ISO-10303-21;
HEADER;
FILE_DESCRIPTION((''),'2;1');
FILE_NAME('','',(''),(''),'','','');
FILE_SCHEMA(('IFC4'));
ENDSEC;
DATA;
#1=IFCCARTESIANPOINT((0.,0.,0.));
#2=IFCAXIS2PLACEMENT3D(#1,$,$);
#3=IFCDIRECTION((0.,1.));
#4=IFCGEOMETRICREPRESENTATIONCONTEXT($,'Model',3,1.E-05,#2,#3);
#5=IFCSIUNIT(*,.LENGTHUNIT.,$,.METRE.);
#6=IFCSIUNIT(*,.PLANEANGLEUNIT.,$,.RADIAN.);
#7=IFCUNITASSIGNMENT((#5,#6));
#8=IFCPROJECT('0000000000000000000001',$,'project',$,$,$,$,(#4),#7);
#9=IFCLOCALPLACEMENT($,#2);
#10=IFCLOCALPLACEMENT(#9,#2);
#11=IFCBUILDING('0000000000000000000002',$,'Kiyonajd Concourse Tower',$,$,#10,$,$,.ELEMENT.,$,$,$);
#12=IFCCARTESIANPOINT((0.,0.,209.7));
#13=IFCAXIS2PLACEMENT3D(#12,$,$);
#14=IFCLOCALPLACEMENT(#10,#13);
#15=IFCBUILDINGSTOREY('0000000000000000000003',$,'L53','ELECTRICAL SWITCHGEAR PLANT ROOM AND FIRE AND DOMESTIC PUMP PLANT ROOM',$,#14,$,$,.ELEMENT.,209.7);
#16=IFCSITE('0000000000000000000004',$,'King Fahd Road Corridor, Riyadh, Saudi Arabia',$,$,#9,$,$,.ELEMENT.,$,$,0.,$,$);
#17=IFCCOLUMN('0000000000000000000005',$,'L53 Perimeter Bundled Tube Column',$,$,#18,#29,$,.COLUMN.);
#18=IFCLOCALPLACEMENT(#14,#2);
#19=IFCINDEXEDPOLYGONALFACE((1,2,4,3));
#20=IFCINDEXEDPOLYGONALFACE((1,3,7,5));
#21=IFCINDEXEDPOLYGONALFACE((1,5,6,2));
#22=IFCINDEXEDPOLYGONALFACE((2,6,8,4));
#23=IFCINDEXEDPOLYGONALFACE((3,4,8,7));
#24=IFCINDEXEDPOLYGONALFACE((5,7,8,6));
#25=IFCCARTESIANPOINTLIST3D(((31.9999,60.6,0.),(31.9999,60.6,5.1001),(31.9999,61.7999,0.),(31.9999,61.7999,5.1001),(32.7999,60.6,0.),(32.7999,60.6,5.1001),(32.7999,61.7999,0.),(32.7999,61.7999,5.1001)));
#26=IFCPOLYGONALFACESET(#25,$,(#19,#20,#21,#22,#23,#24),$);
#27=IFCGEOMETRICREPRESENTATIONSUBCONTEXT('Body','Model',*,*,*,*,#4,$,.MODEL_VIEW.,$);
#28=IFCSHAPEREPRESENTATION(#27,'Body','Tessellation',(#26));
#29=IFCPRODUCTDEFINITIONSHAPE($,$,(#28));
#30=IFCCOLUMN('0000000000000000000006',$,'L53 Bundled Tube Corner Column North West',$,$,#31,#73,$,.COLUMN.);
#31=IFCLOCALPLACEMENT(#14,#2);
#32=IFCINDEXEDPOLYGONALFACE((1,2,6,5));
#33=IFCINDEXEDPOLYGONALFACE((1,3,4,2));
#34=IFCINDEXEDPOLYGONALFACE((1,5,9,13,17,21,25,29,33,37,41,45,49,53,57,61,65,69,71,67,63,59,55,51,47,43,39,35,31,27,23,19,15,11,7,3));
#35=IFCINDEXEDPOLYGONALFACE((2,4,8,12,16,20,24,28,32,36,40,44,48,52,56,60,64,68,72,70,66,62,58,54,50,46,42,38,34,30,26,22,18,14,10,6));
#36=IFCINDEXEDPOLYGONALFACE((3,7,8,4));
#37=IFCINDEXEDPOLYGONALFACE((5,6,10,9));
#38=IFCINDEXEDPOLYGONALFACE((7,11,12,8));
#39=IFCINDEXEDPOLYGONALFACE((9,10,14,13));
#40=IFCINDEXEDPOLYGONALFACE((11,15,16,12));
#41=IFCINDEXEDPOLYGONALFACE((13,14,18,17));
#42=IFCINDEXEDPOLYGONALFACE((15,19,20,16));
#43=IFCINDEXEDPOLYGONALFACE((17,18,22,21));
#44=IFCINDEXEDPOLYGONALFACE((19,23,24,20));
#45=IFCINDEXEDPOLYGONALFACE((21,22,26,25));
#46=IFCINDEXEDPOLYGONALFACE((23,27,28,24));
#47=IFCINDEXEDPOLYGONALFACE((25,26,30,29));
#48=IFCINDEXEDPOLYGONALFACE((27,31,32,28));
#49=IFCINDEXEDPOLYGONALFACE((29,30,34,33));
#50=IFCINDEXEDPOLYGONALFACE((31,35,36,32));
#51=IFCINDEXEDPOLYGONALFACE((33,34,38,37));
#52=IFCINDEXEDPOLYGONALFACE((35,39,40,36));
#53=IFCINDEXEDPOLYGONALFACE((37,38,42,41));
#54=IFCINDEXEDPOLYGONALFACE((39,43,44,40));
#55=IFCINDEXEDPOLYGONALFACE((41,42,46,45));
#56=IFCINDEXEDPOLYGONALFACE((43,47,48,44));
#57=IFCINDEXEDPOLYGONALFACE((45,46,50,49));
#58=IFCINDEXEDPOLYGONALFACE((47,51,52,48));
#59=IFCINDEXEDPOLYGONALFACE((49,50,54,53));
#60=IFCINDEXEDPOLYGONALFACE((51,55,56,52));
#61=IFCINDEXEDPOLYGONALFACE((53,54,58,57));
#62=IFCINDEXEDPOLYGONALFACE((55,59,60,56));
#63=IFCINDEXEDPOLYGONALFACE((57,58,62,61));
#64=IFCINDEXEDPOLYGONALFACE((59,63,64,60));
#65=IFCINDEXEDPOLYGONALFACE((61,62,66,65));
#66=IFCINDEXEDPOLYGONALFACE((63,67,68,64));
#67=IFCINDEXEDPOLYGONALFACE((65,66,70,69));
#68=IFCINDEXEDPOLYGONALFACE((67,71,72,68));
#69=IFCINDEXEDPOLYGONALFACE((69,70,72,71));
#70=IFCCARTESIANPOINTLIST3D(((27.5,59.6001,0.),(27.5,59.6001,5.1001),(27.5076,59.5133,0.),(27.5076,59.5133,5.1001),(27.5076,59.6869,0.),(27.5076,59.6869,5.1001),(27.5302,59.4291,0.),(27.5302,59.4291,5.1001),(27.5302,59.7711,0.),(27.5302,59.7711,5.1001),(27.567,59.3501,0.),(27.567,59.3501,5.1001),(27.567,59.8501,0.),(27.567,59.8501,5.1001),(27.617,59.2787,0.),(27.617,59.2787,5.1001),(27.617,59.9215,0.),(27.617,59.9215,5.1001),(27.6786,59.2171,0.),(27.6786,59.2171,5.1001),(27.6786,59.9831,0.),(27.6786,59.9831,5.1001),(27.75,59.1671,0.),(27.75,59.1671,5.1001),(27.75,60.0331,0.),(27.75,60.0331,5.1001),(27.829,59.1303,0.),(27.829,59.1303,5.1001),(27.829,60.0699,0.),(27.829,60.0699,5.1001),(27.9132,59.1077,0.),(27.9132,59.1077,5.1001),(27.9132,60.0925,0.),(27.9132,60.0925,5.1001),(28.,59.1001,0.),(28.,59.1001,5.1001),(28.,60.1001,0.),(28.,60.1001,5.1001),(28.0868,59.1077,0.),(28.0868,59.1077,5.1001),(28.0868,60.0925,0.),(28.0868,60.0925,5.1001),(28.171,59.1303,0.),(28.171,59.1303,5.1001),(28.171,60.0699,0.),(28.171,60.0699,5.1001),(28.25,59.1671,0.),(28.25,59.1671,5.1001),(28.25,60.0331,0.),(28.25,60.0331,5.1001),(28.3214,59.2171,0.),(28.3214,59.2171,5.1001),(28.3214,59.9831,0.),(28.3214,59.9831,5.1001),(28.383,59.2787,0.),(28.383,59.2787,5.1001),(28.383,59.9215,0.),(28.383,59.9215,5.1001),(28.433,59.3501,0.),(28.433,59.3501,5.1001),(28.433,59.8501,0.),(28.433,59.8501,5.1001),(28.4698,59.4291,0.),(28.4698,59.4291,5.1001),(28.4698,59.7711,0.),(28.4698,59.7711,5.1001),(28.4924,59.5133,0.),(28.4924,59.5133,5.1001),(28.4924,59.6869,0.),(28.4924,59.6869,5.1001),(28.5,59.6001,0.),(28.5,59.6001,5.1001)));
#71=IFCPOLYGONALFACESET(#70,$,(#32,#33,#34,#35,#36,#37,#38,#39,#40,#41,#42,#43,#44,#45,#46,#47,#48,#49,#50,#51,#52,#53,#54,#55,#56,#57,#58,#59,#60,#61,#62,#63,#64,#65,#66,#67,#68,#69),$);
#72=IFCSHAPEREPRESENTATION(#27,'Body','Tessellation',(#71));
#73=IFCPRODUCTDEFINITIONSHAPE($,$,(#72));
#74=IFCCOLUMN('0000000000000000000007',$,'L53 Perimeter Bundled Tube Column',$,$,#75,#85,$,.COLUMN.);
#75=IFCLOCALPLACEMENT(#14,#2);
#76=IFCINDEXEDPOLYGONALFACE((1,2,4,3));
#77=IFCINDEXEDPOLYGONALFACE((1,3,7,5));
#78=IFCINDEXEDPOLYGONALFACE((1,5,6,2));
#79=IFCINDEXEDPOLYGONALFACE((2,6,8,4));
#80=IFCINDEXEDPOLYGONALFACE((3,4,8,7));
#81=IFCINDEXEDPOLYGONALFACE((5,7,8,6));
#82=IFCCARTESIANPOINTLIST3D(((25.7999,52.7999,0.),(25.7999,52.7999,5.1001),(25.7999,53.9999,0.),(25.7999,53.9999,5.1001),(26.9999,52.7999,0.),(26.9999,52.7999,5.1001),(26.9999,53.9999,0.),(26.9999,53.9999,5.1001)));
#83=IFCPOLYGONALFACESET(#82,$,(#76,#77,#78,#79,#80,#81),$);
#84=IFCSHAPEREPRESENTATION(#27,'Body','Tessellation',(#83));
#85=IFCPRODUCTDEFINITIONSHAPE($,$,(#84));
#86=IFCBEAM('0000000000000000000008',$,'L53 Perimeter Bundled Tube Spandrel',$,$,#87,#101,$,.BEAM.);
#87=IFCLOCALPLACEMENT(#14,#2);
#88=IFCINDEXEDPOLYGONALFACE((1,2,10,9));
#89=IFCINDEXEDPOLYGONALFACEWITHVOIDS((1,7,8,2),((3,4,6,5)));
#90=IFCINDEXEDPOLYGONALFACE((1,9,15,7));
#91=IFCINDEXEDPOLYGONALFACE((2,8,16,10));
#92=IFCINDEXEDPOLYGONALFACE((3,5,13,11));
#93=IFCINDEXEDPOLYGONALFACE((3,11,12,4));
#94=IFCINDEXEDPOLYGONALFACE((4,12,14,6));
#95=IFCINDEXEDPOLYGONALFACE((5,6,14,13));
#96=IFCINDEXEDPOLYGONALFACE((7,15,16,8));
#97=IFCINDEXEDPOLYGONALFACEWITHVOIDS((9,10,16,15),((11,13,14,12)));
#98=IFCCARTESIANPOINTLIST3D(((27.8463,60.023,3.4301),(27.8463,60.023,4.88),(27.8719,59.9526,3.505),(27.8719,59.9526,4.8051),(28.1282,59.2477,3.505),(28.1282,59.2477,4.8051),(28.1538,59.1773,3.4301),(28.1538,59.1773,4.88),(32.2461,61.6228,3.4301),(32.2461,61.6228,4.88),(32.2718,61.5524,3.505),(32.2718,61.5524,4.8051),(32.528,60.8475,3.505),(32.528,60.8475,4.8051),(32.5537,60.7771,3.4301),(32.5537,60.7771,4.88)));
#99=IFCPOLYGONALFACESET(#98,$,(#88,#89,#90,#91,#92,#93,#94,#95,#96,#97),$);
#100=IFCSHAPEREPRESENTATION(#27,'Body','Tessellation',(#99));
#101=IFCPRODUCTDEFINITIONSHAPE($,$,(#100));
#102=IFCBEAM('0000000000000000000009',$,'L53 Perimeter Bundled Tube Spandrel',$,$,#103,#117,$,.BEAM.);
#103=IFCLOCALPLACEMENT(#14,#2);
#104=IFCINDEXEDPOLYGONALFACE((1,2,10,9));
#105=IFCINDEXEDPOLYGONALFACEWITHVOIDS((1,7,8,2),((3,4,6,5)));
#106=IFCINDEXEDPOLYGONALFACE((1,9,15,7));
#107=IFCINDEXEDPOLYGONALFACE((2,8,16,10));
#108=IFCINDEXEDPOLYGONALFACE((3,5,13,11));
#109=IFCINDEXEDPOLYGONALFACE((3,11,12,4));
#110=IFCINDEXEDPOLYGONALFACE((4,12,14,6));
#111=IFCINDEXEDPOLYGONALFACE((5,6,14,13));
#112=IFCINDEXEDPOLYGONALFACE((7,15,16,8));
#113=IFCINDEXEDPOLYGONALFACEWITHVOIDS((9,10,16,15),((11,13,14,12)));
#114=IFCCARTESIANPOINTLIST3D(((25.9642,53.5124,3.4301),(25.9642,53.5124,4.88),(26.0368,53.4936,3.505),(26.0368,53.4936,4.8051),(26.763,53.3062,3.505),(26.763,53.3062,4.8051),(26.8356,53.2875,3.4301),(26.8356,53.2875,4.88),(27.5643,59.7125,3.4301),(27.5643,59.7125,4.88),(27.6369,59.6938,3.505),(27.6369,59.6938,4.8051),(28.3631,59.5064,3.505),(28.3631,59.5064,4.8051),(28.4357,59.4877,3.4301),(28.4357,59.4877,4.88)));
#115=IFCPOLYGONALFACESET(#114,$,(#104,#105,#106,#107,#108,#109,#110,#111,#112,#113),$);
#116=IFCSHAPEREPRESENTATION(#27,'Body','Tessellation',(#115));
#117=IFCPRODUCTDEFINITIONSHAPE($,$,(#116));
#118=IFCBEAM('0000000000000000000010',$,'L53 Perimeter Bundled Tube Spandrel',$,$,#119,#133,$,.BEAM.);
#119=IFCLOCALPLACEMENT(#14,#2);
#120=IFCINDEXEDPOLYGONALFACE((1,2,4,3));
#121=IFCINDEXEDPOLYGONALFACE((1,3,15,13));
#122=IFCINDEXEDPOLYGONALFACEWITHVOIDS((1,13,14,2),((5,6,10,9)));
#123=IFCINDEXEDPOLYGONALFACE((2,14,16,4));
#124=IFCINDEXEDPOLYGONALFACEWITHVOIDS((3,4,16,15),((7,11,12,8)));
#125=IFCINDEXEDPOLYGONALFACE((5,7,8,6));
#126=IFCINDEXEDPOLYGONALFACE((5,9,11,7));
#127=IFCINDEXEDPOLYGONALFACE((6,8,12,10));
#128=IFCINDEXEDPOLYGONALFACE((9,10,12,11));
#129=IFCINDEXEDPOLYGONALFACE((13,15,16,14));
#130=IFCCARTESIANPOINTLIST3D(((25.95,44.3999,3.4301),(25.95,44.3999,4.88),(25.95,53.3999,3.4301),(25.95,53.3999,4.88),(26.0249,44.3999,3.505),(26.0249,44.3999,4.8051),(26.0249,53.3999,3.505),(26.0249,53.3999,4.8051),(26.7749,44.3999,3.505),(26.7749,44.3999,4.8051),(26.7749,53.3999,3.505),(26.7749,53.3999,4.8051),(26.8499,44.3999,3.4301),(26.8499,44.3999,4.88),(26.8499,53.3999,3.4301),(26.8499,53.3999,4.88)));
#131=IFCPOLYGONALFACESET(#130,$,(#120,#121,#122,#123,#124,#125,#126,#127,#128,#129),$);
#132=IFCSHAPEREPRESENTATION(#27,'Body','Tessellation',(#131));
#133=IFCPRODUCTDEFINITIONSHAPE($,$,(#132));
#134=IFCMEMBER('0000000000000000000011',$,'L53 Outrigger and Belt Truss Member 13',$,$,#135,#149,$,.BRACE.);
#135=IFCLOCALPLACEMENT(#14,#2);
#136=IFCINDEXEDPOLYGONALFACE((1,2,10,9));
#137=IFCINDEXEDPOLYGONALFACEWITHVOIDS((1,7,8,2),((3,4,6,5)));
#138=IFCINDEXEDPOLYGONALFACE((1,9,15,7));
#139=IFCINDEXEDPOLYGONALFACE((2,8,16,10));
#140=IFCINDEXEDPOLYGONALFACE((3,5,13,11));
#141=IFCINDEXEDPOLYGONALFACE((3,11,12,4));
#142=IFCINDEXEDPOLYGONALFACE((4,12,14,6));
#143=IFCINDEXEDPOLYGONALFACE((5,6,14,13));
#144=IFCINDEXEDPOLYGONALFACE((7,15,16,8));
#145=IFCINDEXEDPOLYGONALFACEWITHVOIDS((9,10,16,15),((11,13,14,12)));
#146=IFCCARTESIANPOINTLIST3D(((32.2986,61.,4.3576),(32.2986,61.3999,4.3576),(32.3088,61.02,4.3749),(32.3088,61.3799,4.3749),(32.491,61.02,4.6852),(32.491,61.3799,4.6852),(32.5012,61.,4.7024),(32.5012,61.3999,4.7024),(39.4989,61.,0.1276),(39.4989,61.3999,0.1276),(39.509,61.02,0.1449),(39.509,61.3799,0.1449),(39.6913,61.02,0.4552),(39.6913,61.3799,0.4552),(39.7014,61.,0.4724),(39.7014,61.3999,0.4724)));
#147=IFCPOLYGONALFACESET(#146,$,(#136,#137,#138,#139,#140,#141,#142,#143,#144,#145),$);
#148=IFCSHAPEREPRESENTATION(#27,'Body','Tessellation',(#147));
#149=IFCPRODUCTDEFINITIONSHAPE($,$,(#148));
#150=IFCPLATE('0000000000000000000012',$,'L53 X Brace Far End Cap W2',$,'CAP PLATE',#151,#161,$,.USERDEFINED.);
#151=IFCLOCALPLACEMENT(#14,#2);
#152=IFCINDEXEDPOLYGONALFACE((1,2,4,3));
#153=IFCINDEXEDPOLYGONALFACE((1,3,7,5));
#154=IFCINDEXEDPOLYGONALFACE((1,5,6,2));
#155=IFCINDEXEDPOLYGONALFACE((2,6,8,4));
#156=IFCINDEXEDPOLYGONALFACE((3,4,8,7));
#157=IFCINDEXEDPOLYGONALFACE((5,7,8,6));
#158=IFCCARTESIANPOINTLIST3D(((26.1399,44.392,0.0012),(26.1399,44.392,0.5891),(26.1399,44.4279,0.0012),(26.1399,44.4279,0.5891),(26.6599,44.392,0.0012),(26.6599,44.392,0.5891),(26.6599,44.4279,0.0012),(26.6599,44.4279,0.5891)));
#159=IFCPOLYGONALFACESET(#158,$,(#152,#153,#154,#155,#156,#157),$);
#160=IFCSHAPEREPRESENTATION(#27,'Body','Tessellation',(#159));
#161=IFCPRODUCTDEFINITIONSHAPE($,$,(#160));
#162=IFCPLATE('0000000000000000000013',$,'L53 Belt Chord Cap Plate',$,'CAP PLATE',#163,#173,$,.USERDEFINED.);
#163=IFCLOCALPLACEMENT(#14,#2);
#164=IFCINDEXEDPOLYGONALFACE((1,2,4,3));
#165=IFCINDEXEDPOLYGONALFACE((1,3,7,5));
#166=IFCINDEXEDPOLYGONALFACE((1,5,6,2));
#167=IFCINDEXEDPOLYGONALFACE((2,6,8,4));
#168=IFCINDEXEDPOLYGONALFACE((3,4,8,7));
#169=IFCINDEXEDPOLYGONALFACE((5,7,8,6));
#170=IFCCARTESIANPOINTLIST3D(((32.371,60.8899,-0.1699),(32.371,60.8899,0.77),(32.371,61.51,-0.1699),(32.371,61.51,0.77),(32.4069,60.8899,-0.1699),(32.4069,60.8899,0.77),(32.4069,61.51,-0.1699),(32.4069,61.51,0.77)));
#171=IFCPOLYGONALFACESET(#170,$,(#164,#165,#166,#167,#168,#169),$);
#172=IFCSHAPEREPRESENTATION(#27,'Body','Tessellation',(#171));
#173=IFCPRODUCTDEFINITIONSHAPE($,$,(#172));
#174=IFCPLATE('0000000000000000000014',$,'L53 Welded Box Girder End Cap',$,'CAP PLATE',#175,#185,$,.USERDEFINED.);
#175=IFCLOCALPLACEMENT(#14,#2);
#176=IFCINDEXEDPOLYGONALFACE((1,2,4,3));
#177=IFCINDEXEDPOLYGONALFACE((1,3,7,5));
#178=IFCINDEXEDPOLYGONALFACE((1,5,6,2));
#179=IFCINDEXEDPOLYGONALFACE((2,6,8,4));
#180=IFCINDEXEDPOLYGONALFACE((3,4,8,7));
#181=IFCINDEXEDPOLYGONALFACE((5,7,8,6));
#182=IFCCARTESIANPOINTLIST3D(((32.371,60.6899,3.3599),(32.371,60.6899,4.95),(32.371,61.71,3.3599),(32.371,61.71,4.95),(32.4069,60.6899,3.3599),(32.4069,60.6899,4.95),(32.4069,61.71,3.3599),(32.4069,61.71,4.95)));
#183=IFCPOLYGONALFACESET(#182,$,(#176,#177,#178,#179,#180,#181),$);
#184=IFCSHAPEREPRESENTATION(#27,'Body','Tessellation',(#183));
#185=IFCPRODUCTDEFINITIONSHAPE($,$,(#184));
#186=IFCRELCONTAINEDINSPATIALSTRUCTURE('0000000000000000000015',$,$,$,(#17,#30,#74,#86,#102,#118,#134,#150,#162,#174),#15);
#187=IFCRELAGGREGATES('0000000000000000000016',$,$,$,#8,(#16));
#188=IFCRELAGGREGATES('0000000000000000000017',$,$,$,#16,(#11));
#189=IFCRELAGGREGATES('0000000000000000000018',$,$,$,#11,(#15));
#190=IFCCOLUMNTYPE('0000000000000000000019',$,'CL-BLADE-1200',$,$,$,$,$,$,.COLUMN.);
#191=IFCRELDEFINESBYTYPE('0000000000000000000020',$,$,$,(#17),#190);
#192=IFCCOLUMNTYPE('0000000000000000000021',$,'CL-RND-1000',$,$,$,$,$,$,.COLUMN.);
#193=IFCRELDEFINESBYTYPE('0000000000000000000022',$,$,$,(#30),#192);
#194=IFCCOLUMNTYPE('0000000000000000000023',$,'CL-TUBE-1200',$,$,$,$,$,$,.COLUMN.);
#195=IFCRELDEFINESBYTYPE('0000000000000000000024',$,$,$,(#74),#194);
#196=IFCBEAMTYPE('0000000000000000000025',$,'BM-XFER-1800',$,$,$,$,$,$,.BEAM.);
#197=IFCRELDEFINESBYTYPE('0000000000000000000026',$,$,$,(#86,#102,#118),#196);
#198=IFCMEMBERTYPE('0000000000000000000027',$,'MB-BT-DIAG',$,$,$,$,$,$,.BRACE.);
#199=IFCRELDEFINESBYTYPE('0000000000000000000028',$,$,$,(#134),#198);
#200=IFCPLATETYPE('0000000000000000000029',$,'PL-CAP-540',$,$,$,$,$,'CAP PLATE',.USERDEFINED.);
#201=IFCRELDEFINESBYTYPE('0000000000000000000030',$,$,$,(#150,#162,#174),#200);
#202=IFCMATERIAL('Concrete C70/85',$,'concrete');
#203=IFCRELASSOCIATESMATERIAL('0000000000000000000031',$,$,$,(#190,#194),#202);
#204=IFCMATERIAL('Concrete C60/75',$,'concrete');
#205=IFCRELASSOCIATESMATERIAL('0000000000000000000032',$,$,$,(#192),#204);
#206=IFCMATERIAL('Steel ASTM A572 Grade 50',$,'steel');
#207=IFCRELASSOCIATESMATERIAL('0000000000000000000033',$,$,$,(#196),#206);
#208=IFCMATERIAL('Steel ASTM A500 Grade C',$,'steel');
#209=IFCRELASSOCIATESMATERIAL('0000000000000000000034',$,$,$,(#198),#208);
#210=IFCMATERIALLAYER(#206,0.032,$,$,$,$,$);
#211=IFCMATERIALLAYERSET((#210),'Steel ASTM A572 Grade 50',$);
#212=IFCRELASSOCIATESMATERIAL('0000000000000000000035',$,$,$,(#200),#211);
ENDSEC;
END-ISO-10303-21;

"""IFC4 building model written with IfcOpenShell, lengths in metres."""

from ifc_helpers import new_model, si_unit, direction, frame, origin, origin_2d, place, context, subcontext, project, spatial, rectangle, hollow_rectangle, circle, extrude, material, layer, layer_set, material_profile, profile_set, type_object, element, save


model = new_model("IFC4")

# Units and contexts
model_context = context("Model", 3, precision=1e-05, world=origin(), true_north=direction((0.0, 1.0)))
body_context = subcontext(model_context, "Body", "Model", "MODEL_VIEW")
ifc_project = project(units=[si_unit("LENGTHUNIT", "METRE"), si_unit("PLANEANGLEUNIT", "RADIAN")], contexts=[model_context])

# Site, building, storey
site_placement = place(None, origin())
site = spatial("IfcSite", under=ifc_project, at=site_placement, Name="King Fahd Road Corridor, Riyadh, Saudi Arabia", CompositionType="ELEMENT", RefElevation=0.0)
building_placement = place(site_placement, origin())
building = spatial("IfcBuilding", under=site, at=building_placement, Name="Kiyonajd Concourse Tower", CompositionType="ELEMENT")
storey_placement = place(building_placement, frame((0.0, 0.0, 209.7)))
storey = spatial("IfcBuildingStorey", under=building, at=storey_placement, Name="L53", Description="ELECTRICAL SWITCHGEAR PLANT ROOM AND FIRE AND DOMESTIC PUMP PLANT ROOM", CompositionType="ELEMENT", Elevation=209.7)

# Columns
ifc_material_1 = material(Name="Concrete C70/85", Category="concrete")
ifc_material_profile_1 = material_profile(ifc_material_1, rectangle(XDim=0.8, YDim=1.2, at=origin_2d()), Name="RC-1200x800")
ifc_profile_set_1 = profile_set([ifc_material_profile_1], Name="Concrete C70/85")
column_type_1 = type_object("IfcColumnType", Name="CL-BLADE-1200", PredefinedType="COLUMN", material=ifc_profile_set_1)
column_1_placement = place(storey_placement, frame((32.3999, 61.2, 0.0), z_axis=(0.0, 0.0, 1.0), x_axis=(1.0, 0.0, 0.0)))
element("IfcColumn", 1, at=column_1_placement, inside=storey, type_object=column_type_1, Name="L53 Perimeter Bundled Tube Column", PredefinedType="COLUMN", context=body_context, shape_type="SweptSolid", body=[
    extrude(rectangle(XDim=0.8, YDim=1.2, at=origin_2d()), origin(), (0.0, 0.0, 1.0), 5.1001),
])
ifc_material_2 = material(Name="Concrete C60/75", Category="concrete")
ifc_material_profile_2 = material_profile(ifc_material_2, circle(Radius=0.5, at=origin_2d()), Name="RCC-D1000")
ifc_profile_set_2 = profile_set([ifc_material_profile_2], Name="Concrete C60/75")
column_type_2 = type_object("IfcColumnType", Name="CL-RND-1000", PredefinedType="COLUMN", material=ifc_profile_set_2)
column_2_placement = place(storey_placement, frame((28.0, 59.6001, 0.0), z_axis=(0.0, 0.0, 1.0), x_axis=(1.0, 0.0, 0.0)))
element("IfcColumn", 2, at=column_2_placement, inside=storey, type_object=column_type_2, Name="L53 Bundled Tube Corner Column North West", PredefinedType="COLUMN", context=body_context, shape_type="SweptSolid", body=[
    extrude(circle(Radius=0.5, at=origin_2d()), origin(), (0.0, 0.0, 1.0), 5.1001),
])
ifc_material_profile_3 = material_profile(ifc_material_1, rectangle(XDim=1.2, YDim=1.2, at=origin_2d()), Name="RC-1200x1200")
ifc_profile_set_3 = profile_set([ifc_material_profile_3], Name="Concrete C70/85")
column_type_3 = type_object("IfcColumnType", Name="CL-TUBE-1200", PredefinedType="COLUMN", material=ifc_profile_set_3)
column_3_placement = place(storey_placement, frame((26.3999, 53.3999, 0.0), z_axis=(0.0, 0.0, 1.0), x_axis=(1.0, 0.0, 0.0)))
element("IfcColumn", 3, at=column_3_placement, inside=storey, type_object=column_type_3, Name="L53 Perimeter Bundled Tube Column", PredefinedType="COLUMN", context=body_context, shape_type="SweptSolid", body=[
    extrude(rectangle(XDim=1.2, YDim=1.2, at=origin_2d()), origin(), (0.0, 0.0, 1.0), 5.1001),
])

# Beams
ifc_material_3 = material(Name="Steel ASTM A572 Grade 50", Category="steel")
ifc_material_profile_4 = material_profile(ifc_material_3, hollow_rectangle(XDim=0.8999, YDim=1.45, WallThickness=0.075, at=origin_2d()), Name="BOX-1450x900x75")
ifc_profile_set_4 = profile_set([ifc_material_profile_4], Name="Steel ASTM A572 Grade 50")
beam_type = type_object("IfcBeamType", Name="BM-XFER-1800", PredefinedType="BEAM", material=ifc_profile_set_4)
beam_1_placement = place(storey_placement, frame((32.3999, 61.2, 4.155), z_axis=(-0.939801, -0.341722, 0.0), x_axis=(0.341722, -0.939801, 0.0)))
element("IfcBeam", 4, at=beam_1_placement, inside=storey, type_object=beam_type, Name="L53 Perimeter Bundled Tube Spandrel", PredefinedType="BEAM", context=body_context, shape_type="SweptSolid", body=[
    extrude(hollow_rectangle(XDim=0.8999, YDim=1.45, WallThickness=0.075, at=origin_2d()), origin(), (0.0, 0.0, 1.0), 4.6816),
])
beam_2_placement = place(storey_placement, frame((28.0, 59.6001, 4.155), z_axis=(-0.249885, -0.968276, 0.0), x_axis=(0.968276, -0.249885, 0.0)))
element("IfcBeam", 5, at=beam_2_placement, inside=storey, type_object=beam_type, Name="L53 Perimeter Bundled Tube Spandrel", PredefinedType="BEAM", context=body_context, shape_type="SweptSolid", body=[
    extrude(hollow_rectangle(XDim=0.8999, YDim=1.45, WallThickness=0.075, at=origin_2d()), origin(), (0.0, 0.0, 1.0), 6.4033),
])
beam_3_placement = place(storey_placement, frame((26.3999, 53.3999, 4.155), z_axis=(0.0, -1.0, 0.0), x_axis=(1.0, 0.0, 0.0)))
element("IfcBeam", 6, at=beam_3_placement, inside=storey, type_object=beam_type, Name="L53 Perimeter Bundled Tube Spandrel", PredefinedType="BEAM", context=body_context, shape_type="SweptSolid", body=[
    extrude(hollow_rectangle(XDim=0.8999, YDim=1.45, WallThickness=0.075, at=origin_2d()), origin(), (0.0, 0.0, 1.0), 9.0),
])

# Member
ifc_material_4 = material(Name="Steel ASTM A500 Grade C", Category="steel")
ifc_material_profile_5 = material_profile(ifc_material_4, hollow_rectangle(XDim=0.3999, YDim=0.3999, WallThickness=0.02, at=origin_2d()), Name="HSS-400x400x20")
ifc_profile_set_5 = profile_set([ifc_material_profile_5], Name="Steel ASTM A500 Grade C")
member_type = type_object("IfcMemberType", Name="MB-BT-DIAG", PredefinedType="BRACE", material=ifc_profile_set_5)
member_placement = place(storey_placement, frame((32.3999, 61.2, 4.53), z_axis=(0.862218, 0.0, -0.506537), x_axis=(0.0, 1.0, 0.0)))
element("IfcMember", 7, at=member_placement, inside=storey, type_object=member_type, Name="L53 Outrigger and Belt Truss Member 13", PredefinedType="BRACE", context=body_context, shape_type="SweptSolid", body=[
    extrude(hollow_rectangle(XDim=0.3999, YDim=0.3999, WallThickness=0.02, at=origin_2d()), origin(), (0.0, 0.0, 1.0), 8.3508),
])

# Plates
ifc_layer_1 = layer(ifc_material_3, 0.032)
ifc_layer_set_1 = layer_set([ifc_layer_1], Name="Steel ASTM A572 Grade 50")
plate_type = type_object("IfcPlateType", Name="PL-CAP-540", ElementType="CAP PLATE", PredefinedType="USERDEFINED", material=ifc_layer_set_1)
plate_1_placement = place(storey_placement, frame((26.3999, 44.4099, 0.0012), z_axis=(0.0, 0.0, 1.0), x_axis=(0.0, 1.0, 0.0)))
element("IfcPlate", 8, at=plate_1_placement, inside=storey, type_object=plate_type, Name="L53 X Brace Far End Cap W2", ObjectType="CAP PLATE", PredefinedType="USERDEFINED", context=body_context, shape_type="SweptSolid", body=[
    extrude(rectangle(XDim=0.0359, YDim=0.52, at=origin_2d()), origin(), (0.0, 0.0, 1.0), 0.5879),
])
plate_2_placement = place(storey_placement, frame((32.3889, 61.2, -0.1699), z_axis=(0.0, 0.0, 1.0), x_axis=(-1.0, 0.0, 0.0)))
element("IfcPlate", 9, at=plate_2_placement, inside=storey, type_object=plate_type, Name="L53 Belt Chord Cap Plate", ObjectType="CAP PLATE", PredefinedType="USERDEFINED", context=body_context, shape_type="SweptSolid", body=[
    extrude(rectangle(XDim=0.0359, YDim=0.6201, at=origin_2d()), origin(), (0.0, 0.0, 1.0), 0.9399),
])
for number, where, z_axis, x_axis, name in (
    (10, (32.3889, 61.2, 3.3599), (0.0, 0.0, 1.0), (-1.0, 0.0, 0.0), "L53 Welded Box Girder End Cap"),
):
    element("IfcPlate", number, at=place(storey_placement, frame(where, z_axis=z_axis, x_axis=x_axis)), inside=storey, type_object=plate_type, Name=name, ObjectType="CAP PLATE", PredefinedType="USERDEFINED", context=body_context, shape_type="SweptSolid", body=[
        extrude(rectangle(XDim=0.0359, YDim=1.02, at=origin_2d()), origin(), (0.0, 0.0, 1.0), 1.5901),
    ])

save(model, "model.ifc")
